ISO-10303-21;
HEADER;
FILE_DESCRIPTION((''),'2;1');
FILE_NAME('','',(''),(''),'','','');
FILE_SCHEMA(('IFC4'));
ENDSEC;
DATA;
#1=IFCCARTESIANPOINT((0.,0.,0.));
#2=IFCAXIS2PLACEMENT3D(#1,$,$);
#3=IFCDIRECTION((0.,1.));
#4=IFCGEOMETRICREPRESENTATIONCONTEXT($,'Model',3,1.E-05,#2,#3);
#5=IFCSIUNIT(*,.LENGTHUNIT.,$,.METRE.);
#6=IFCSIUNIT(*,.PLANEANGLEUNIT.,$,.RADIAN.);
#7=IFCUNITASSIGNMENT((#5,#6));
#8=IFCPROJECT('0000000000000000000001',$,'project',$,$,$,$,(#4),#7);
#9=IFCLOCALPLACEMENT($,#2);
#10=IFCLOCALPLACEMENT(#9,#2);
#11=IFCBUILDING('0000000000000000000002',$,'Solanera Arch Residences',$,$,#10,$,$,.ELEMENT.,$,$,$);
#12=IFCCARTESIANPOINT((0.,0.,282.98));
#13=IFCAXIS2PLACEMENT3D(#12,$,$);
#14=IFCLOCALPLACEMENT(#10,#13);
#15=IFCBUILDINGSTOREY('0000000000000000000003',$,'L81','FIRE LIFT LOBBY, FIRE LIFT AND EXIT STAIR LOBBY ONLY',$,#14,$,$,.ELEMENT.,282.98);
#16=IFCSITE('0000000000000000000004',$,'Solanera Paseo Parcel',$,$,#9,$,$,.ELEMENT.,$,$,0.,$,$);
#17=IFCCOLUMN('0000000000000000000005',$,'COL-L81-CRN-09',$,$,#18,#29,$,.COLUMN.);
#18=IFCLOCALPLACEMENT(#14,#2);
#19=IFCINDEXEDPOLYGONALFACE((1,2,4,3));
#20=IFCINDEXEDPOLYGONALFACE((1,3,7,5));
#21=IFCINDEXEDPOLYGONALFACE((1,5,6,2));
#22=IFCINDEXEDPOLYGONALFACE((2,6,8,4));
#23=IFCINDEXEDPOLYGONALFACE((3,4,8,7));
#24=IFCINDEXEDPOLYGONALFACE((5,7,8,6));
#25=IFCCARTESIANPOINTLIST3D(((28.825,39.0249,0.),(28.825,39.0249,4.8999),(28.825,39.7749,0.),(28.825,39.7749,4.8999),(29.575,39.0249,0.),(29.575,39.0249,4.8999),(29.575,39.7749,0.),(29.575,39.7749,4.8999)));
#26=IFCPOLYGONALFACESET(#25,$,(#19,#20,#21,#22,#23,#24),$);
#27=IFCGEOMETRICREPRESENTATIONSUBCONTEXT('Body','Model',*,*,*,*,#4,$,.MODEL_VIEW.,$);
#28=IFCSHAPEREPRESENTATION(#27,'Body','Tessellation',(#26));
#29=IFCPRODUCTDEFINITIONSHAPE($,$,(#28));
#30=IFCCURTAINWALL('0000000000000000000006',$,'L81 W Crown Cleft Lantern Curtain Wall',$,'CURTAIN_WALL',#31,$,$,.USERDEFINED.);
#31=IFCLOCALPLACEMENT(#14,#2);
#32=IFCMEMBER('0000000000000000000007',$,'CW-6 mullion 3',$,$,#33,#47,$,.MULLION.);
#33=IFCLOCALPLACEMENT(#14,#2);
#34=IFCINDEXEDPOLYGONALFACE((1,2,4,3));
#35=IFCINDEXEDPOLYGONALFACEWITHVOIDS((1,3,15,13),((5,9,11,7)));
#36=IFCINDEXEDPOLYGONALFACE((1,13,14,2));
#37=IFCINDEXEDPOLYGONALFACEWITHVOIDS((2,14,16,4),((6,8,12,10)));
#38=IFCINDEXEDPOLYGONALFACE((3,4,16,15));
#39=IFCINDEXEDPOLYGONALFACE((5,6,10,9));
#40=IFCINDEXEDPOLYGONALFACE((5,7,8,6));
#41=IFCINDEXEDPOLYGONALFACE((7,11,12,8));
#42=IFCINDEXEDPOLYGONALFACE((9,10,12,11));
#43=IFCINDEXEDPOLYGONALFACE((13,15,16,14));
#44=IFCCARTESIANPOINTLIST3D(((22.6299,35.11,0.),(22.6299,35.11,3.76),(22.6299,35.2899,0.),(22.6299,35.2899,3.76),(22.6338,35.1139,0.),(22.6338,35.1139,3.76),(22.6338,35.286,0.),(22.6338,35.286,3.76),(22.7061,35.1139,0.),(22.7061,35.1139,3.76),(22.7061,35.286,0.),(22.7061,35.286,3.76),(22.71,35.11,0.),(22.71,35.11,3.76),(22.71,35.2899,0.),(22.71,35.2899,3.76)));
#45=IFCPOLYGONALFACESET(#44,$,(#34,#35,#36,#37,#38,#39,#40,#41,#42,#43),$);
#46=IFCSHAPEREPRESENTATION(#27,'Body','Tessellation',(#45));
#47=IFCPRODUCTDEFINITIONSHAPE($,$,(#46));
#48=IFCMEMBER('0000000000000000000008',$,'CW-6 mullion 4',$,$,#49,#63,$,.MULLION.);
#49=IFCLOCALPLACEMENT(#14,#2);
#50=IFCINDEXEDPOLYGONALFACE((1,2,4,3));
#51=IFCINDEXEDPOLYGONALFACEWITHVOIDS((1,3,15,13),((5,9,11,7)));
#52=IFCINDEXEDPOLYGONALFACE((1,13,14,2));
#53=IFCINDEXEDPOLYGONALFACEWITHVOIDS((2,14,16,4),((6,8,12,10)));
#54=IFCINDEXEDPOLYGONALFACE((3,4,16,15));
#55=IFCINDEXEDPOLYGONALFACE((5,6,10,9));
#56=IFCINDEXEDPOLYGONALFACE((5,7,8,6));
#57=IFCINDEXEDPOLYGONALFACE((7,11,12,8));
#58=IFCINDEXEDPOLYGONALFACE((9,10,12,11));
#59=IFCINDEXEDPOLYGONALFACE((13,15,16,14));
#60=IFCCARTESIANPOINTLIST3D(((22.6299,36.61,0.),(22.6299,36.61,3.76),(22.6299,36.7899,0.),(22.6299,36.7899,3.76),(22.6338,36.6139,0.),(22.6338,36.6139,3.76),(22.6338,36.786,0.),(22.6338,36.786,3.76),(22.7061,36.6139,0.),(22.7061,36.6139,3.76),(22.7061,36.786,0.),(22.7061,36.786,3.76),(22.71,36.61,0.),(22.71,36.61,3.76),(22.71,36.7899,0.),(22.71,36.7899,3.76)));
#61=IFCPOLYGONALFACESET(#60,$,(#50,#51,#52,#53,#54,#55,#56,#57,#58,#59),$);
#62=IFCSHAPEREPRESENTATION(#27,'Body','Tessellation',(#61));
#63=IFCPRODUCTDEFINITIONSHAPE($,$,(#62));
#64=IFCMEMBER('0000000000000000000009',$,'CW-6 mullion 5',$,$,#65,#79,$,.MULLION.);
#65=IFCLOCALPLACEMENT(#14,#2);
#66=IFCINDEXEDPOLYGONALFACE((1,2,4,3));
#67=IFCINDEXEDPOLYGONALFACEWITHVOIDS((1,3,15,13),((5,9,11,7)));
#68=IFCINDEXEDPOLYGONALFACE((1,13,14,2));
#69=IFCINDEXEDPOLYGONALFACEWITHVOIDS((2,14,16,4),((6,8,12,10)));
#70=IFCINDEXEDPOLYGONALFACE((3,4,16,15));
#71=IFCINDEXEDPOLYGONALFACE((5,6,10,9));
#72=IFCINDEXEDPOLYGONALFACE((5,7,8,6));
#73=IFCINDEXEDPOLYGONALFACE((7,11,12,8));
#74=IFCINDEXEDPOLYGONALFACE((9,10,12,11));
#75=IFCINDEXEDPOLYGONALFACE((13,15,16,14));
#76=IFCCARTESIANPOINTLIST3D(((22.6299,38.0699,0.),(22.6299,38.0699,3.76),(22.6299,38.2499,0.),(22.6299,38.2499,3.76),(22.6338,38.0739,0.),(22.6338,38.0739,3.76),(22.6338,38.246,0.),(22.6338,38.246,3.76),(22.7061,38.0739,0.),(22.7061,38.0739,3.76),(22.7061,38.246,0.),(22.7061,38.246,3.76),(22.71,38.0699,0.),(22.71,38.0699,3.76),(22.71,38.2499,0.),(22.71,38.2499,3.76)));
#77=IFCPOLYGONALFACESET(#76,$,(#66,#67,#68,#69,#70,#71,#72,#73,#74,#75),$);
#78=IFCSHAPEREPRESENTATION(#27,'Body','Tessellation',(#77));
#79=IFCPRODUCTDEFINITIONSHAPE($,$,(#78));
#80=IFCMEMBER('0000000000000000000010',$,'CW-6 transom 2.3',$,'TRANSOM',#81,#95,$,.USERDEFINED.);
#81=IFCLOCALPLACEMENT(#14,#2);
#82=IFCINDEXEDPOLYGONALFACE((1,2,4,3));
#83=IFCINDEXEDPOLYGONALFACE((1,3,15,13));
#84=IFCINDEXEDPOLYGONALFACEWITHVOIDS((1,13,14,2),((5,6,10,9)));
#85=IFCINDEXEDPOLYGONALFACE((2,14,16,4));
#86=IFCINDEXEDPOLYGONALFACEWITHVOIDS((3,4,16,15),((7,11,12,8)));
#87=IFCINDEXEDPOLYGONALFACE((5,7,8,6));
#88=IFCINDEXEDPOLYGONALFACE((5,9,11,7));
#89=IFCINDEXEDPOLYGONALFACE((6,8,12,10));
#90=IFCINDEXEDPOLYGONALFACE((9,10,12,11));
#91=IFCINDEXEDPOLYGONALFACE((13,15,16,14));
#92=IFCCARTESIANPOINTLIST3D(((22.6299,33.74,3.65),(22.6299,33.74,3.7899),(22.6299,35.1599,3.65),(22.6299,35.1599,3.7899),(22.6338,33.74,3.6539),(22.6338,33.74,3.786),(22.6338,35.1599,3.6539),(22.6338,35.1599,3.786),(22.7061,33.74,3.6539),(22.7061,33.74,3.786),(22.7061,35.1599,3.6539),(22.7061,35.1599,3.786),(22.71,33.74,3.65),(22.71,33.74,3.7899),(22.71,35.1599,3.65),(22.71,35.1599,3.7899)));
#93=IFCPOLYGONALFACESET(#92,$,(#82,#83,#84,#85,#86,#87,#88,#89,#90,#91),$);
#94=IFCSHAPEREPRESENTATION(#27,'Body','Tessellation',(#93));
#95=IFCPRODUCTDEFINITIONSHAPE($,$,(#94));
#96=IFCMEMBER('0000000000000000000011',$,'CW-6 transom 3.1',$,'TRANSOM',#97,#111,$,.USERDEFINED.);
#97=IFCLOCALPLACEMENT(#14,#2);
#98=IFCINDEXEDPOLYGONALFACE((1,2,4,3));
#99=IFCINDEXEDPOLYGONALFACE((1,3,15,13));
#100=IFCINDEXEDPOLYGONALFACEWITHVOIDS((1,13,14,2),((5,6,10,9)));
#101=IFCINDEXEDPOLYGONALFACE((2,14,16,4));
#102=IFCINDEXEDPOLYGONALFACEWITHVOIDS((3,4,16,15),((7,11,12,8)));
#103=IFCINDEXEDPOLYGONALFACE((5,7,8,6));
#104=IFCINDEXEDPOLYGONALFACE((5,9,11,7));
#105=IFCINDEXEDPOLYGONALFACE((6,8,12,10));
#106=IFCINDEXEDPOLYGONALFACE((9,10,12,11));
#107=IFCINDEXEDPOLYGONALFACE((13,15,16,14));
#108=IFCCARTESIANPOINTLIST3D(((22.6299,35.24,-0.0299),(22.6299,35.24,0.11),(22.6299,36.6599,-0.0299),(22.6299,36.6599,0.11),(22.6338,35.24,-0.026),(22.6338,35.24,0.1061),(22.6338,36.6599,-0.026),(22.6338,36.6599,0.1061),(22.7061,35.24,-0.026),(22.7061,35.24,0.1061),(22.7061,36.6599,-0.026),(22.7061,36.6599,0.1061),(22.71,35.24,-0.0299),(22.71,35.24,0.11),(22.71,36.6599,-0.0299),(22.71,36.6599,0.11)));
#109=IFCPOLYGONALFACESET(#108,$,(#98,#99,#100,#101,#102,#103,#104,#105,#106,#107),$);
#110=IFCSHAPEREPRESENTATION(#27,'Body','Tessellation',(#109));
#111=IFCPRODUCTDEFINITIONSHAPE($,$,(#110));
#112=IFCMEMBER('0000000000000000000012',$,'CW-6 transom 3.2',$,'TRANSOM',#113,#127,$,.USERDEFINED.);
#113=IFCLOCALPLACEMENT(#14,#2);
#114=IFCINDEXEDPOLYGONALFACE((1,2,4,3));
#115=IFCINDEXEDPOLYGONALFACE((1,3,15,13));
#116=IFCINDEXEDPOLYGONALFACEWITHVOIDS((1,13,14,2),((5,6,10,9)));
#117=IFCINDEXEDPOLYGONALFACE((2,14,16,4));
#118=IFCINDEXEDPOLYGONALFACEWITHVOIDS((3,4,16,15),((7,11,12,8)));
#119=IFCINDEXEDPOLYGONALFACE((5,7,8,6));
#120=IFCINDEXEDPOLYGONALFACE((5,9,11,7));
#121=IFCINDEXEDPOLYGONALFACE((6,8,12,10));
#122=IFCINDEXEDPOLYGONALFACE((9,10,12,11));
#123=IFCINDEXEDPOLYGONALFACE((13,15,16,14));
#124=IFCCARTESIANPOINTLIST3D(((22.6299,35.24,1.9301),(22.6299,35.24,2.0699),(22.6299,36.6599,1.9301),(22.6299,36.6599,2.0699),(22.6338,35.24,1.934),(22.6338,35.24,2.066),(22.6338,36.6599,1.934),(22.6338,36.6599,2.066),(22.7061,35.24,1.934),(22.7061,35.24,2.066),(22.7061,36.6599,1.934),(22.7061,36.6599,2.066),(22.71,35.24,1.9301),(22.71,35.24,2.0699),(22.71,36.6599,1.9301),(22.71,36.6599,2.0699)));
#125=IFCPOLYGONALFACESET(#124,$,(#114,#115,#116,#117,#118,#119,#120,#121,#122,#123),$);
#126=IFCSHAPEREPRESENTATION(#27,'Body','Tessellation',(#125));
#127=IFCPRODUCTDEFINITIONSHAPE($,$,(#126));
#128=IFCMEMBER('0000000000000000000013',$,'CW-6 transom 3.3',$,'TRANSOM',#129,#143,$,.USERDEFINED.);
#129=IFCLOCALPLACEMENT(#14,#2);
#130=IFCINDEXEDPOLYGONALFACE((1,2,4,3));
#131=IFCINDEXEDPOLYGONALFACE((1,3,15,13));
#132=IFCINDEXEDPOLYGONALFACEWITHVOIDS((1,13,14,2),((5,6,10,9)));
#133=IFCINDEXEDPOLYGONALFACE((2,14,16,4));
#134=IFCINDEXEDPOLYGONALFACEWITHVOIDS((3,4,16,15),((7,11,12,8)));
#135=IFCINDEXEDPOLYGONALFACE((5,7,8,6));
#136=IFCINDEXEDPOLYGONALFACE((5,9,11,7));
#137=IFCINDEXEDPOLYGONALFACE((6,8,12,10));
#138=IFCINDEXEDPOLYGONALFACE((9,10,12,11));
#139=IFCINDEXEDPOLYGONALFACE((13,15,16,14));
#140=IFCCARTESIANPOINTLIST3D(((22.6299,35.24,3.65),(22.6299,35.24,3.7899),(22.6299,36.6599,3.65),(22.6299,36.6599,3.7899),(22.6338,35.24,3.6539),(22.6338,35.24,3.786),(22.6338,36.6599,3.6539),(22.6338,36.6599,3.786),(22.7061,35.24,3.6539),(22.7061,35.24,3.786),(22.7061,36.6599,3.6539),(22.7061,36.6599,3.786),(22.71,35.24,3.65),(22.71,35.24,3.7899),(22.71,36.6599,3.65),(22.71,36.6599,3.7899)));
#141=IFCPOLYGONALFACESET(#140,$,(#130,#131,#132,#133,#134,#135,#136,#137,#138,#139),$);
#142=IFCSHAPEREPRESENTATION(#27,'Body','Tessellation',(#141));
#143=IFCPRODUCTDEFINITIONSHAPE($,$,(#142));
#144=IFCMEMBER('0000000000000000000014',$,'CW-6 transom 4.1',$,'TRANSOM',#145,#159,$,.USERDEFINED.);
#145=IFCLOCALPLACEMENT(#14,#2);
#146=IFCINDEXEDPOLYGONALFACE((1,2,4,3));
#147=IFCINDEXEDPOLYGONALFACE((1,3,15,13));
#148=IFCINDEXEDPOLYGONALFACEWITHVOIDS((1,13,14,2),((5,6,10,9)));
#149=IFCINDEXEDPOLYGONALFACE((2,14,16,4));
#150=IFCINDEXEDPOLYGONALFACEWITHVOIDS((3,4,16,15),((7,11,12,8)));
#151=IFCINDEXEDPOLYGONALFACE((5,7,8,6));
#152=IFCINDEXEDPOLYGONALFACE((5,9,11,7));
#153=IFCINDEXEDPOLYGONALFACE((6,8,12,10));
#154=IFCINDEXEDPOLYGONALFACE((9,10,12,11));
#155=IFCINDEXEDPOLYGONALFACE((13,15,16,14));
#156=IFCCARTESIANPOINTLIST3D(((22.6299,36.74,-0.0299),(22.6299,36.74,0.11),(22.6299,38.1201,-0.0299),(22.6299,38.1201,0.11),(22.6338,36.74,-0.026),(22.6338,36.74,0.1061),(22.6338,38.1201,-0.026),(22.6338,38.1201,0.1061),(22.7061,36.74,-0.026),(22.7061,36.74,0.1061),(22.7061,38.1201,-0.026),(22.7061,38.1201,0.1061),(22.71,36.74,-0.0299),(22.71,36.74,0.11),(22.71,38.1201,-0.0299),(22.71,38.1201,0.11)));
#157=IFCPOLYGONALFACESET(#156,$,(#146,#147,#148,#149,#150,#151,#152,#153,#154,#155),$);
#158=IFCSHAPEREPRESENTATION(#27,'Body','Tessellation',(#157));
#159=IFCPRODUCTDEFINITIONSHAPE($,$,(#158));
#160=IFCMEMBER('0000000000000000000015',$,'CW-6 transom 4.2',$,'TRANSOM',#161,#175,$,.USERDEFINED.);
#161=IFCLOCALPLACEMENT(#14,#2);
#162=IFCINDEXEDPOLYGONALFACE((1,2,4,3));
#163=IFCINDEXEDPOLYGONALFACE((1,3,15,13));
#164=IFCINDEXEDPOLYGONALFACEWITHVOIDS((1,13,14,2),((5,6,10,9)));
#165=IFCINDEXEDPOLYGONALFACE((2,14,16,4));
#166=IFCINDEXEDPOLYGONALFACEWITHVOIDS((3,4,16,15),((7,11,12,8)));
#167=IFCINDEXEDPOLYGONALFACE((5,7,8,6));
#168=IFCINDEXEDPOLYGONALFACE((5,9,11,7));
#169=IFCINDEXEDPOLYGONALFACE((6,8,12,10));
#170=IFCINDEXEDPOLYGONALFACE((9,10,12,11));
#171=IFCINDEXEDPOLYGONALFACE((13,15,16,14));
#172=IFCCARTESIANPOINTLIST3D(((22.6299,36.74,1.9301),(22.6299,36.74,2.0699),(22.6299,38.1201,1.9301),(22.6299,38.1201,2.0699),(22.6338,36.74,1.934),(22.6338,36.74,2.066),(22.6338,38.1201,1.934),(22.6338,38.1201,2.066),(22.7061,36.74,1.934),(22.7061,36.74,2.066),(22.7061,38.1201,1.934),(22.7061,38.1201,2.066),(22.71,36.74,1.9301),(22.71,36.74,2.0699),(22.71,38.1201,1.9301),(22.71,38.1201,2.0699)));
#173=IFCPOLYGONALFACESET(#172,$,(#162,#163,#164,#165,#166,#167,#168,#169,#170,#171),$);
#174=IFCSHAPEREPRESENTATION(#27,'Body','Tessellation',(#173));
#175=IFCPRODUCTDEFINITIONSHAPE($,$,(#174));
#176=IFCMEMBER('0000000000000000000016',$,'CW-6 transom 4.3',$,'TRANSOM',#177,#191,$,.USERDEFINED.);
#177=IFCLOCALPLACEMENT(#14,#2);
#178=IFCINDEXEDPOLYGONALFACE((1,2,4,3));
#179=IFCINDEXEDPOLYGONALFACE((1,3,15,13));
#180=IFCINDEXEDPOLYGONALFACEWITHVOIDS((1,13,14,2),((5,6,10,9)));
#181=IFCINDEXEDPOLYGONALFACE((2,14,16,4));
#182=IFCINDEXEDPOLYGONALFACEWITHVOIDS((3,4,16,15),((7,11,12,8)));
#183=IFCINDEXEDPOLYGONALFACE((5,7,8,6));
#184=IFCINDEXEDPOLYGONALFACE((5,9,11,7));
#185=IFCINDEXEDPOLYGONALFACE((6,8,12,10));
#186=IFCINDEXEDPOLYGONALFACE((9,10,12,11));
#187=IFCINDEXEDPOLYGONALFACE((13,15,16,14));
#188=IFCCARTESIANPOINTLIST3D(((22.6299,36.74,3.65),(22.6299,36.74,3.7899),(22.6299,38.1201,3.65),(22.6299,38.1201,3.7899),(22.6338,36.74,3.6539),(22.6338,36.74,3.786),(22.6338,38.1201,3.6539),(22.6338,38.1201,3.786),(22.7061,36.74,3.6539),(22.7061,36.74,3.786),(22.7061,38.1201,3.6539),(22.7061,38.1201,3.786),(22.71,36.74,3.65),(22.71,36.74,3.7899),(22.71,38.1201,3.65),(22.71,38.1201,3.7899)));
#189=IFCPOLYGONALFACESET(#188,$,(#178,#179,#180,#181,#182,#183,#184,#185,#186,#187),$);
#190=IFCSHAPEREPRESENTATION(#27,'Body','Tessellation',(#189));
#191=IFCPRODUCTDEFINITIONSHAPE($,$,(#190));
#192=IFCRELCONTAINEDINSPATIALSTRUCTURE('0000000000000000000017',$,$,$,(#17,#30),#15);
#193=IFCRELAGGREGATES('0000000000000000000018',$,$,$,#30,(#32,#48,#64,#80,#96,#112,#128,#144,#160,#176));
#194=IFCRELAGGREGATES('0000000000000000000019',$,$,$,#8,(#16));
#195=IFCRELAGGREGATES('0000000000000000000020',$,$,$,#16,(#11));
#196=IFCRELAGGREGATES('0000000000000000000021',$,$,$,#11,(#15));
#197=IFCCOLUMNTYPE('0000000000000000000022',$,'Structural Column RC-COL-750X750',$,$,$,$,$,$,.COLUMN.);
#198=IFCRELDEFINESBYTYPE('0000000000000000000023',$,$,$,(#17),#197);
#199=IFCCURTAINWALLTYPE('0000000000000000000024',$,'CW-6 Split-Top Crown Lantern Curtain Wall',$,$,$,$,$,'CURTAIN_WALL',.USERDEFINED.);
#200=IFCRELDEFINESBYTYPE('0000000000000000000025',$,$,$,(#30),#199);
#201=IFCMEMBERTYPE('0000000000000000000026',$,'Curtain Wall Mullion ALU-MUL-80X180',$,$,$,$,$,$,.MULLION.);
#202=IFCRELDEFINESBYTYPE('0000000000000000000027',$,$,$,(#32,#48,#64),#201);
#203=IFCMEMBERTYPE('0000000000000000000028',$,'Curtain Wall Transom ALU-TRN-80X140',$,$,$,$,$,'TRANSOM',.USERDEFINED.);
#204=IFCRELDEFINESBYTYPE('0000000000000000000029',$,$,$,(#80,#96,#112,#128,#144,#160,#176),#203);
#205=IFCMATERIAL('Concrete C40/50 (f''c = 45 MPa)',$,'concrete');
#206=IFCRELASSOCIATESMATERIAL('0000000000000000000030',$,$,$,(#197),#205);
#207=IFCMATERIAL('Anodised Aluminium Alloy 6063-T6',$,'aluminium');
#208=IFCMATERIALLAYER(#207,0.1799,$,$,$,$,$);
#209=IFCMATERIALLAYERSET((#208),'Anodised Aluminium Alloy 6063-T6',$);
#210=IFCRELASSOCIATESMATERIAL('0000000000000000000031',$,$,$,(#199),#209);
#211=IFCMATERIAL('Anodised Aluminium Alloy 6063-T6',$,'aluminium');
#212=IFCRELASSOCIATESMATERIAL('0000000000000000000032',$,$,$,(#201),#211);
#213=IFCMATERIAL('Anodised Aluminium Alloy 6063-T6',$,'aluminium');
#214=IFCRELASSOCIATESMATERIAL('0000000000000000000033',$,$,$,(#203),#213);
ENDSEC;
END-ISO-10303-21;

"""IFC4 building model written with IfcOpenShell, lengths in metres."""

from ifc_helpers import new_model, si_unit, direction, frame, origin, origin_2d, place, context, subcontext, project, spatial, rectangle, hollow_rectangle, extrude, material, layer, layer_set, material_profile, profile_set, type_object, element, aggregate, save


model = new_model("IFC4")

# Units and contexts
model_context = context("Model", 3, precision=1e-05, world=origin(), true_north=direction((0.0, 1.0)))
body_context = subcontext(model_context, "Body", "Model", "MODEL_VIEW")
ifc_project = project(units=[si_unit("LENGTHUNIT", "METRE"), si_unit("PLANEANGLEUNIT", "RADIAN")], contexts=[model_context])

# Site, building, storey
site_placement = place(None, origin())
site = spatial("IfcSite", under=ifc_project, at=site_placement, Name="Solanera Paseo Parcel", CompositionType="ELEMENT", RefElevation=0.0)
building_placement = place(site_placement, origin())
building = spatial("IfcBuilding", under=site, at=building_placement, Name="Solanera Arch Residences", CompositionType="ELEMENT")
storey_placement = place(building_placement, frame((0.0, 0.0, 282.98)))
storey = spatial("IfcBuildingStorey", under=building, at=storey_placement, Name="L81", Description="FIRE LIFT LOBBY, FIRE LIFT AND EXIT STAIR LOBBY ONLY", CompositionType="ELEMENT", Elevation=282.98)

# Column
ifc_material_1 = material(Name="Concrete C40/50 (f'c = 45 MPa)", Category="concrete")
ifc_material_profile_1 = material_profile(ifc_material_1, rectangle(XDim=0.75, YDim=0.75, at=origin_2d()))
ifc_profile_set_1 = profile_set([ifc_material_profile_1], Name="Concrete C40/50 (f'c = 45 MPa)")
column_type = type_object("IfcColumnType", Name="Structural Column RC-COL-750X750", PredefinedType="COLUMN", material=ifc_profile_set_1)
column_placement = place(storey_placement, frame((29.2, 39.3999, 0.0), z_axis=(0.0, 0.0, 1.0), x_axis=(1.0, 0.0, 0.0)))
element("IfcColumn", 1, at=column_placement, inside=storey, type_object=column_type, Name="COL-L81-CRN-09", PredefinedType="COLUMN", context=body_context, shape_type="SweptSolid", body=[
    extrude(rectangle(XDim=0.75, YDim=0.75, at=origin_2d()), origin(), (0.0, 0.0, 1.0), 4.8999),
])

# Curtain wall, members
ifc_material_2 = material(Name="Anodised Aluminium Alloy 6063-T6", Category="aluminium")
ifc_layer_1 = layer(ifc_material_2, 0.1799)
ifc_layer_set_1 = layer_set([ifc_layer_1], Name="Anodised Aluminium Alloy 6063-T6")
curtain_wall_type = type_object("IfcCurtainWallType", Name="CW-6 Split-Top Crown Lantern Curtain Wall", ElementType="CURTAIN_WALL", PredefinedType="USERDEFINED", material=ifc_layer_set_1)
curtain_wall_1_placement = place(storey_placement, origin())
curtain_wall_1 = element("IfcCurtainWall", 2, at=curtain_wall_1_placement, inside=storey, type_object=curtain_wall_type, Name="L81 W Crown Cleft Lantern Curtain Wall", ObjectType="CURTAIN_WALL", PredefinedType="USERDEFINED")
ifc_material_3 = material(Name="Anodised Aluminium Alloy 6063-T6", Category="aluminium")
ifc_material_profile_2 = material_profile(ifc_material_3, hollow_rectangle(XDim=0.0801, YDim=0.1799, WallThickness=0.0039, at=origin_2d()))
ifc_profile_set_2 = profile_set([ifc_material_profile_2], Name="Anodised Aluminium Alloy 6063-T6")
member_type_1 = type_object("IfcMemberType", Name="Curtain Wall Mullion ALU-MUL-80X180", PredefinedType="MULLION", material=ifc_profile_set_2)
member_1_placement = place(storey_placement, frame((22.6699, 35.2, 0.0), z_axis=(0.0, 0.0, 1.0), x_axis=(-1.0, 0.0, 0.0)))
member_1 = element("IfcMember", 3, at=member_1_placement, type_object=member_type_1, Name="CW-6 mullion 3", PredefinedType="MULLION", context=body_context, shape_type="SweptSolid", body=[
    extrude(hollow_rectangle(XDim=0.0801, YDim=0.1799, WallThickness=0.0039, at=origin_2d()), origin(), (0.0, 0.0, 1.0), 3.76),
])
member_2_placement = place(storey_placement, frame((22.6699, 36.7, 0.0), z_axis=(0.0, 0.0, 1.0), x_axis=(-1.0, 0.0, 0.0)))
member_2 = element("IfcMember", 4, at=member_2_placement, type_object=member_type_1, Name="CW-6 mullion 4", PredefinedType="MULLION", context=body_context, shape_type="SweptSolid", body=[
    extrude(hollow_rectangle(XDim=0.0801, YDim=0.1799, WallThickness=0.0039, at=origin_2d()), origin(), (0.0, 0.0, 1.0), 3.76),
])
member_3_placement = place(storey_placement, frame((22.6699, 38.1599, 0.0), z_axis=(0.0, 0.0, 1.0), x_axis=(-1.0, 0.0, 0.0)))
member_3 = element("IfcMember", 5, at=member_3_placement, type_object=member_type_1, Name="CW-6 mullion 5", PredefinedType="MULLION", context=body_context, shape_type="SweptSolid", body=[
    extrude(hollow_rectangle(XDim=0.0801, YDim=0.1799, WallThickness=0.0039, at=origin_2d()), origin(), (0.0, 0.0, 1.0), 3.76),
])
ifc_material_4 = material(Name="Anodised Aluminium Alloy 6063-T6", Category="aluminium")
ifc_material_profile_3 = material_profile(ifc_material_4, hollow_rectangle(XDim=0.0801, YDim=0.1399, WallThickness=0.0039, at=origin_2d()))
ifc_profile_set_3 = profile_set([ifc_material_profile_3], Name="Anodised Aluminium Alloy 6063-T6")
member_type_2 = type_object("IfcMemberType", Name="Curtain Wall Transom ALU-TRN-80X140", ElementType="TRANSOM", PredefinedType="USERDEFINED", material=ifc_profile_set_3)
member_4_placement = place(storey_placement, frame((22.6699, 33.74, 3.72), z_axis=(0.0, 1.0, 0.0), x_axis=(-1.0, 0.0, 0.0)))
member_4 = element("IfcMember", 6, at=member_4_placement, type_object=member_type_2, Name="CW-6 transom 2.3", ObjectType="TRANSOM", PredefinedType="USERDEFINED", context=body_context, shape_type="SweptSolid", body=[
    extrude(hollow_rectangle(XDim=0.0801, YDim=0.1399, WallThickness=0.0039, at=origin_2d()), origin(), (0.0, 0.0, 1.0), 1.4199),
])
member_5_placement = place(storey_placement, frame((22.6699, 35.24, 0.04), z_axis=(0.0, 1.0, 0.0), x_axis=(-1.0, 0.0, 0.0)))
member_5 = element("IfcMember", 7, at=member_5_placement, type_object=member_type_2, Name="CW-6 transom 3.1", ObjectType="TRANSOM", PredefinedType="USERDEFINED", context=body_context, shape_type="SweptSolid", body=[
    extrude(hollow_rectangle(XDim=0.0801, YDim=0.1399, WallThickness=0.0039, at=origin_2d()), origin(), (0.0, 0.0, 1.0), 1.4199),
])
member_6_placement = place(storey_placement, frame((22.6699, 35.24, 2.0), z_axis=(0.0, 1.0, 0.0), x_axis=(-1.0, 0.0, 0.0)))
member_6 = element("IfcMember", 8, at=member_6_placement, type_object=member_type_2, Name="CW-6 transom 3.2", ObjectType="TRANSOM", PredefinedType="USERDEFINED", context=body_context, shape_type="SweptSolid", body=[
    extrude(hollow_rectangle(XDim=0.0801, YDim=0.1399, WallThickness=0.0039, at=origin_2d()), origin(), (0.0, 0.0, 1.0), 1.4199),
])
member_7_placement = place(storey_placement, frame((22.6699, 35.24, 3.72), z_axis=(0.0, 1.0, 0.0), x_axis=(-1.0, 0.0, 0.0)))
member_7 = element("IfcMember", 9, at=member_7_placement, type_object=member_type_2, Name="CW-6 transom 3.3", ObjectType="TRANSOM", PredefinedType="USERDEFINED", context=body_context, shape_type="SweptSolid", body=[
    extrude(hollow_rectangle(XDim=0.0801, YDim=0.1399, WallThickness=0.0039, at=origin_2d()), origin(), (0.0, 0.0, 1.0), 1.4199),
])
member_8_placement = place(storey_placement, frame((22.6699, 36.74, 0.04), z_axis=(0.0, 1.0, 0.0), x_axis=(-1.0, 0.0, 0.0)))
member_8 = element("IfcMember", 10, at=member_8_placement, type_object=member_type_2, Name="CW-6 transom 4.1", ObjectType="TRANSOM", PredefinedType="USERDEFINED", context=body_context, shape_type="SweptSolid", body=[
    extrude(hollow_rectangle(XDim=0.0801, YDim=0.1399, WallThickness=0.0039, at=origin_2d()), origin(), (0.0, 0.0, 1.0), 1.3801),
])
member_9_placement = place(storey_placement, frame((22.6699, 36.74, 2.0), z_axis=(0.0, 1.0, 0.0), x_axis=(-1.0, 0.0, 0.0)))
member_9 = element("IfcMember", 11, at=member_9_placement, type_object=member_type_2, Name="CW-6 transom 4.2", ObjectType="TRANSOM", PredefinedType="USERDEFINED", context=body_context, shape_type="SweptSolid", body=[
    extrude(hollow_rectangle(XDim=0.0801, YDim=0.1399, WallThickness=0.0039, at=origin_2d()), origin(), (0.0, 0.0, 1.0), 1.3801),
])
member_10_placement = place(storey_placement, frame((22.6699, 36.74, 3.72), z_axis=(0.0, 1.0, 0.0), x_axis=(-1.0, 0.0, 0.0)))
member_10 = element("IfcMember", 12, at=member_10_placement, type_object=member_type_2, Name="CW-6 transom 4.3", ObjectType="TRANSOM", PredefinedType="USERDEFINED", context=body_context, shape_type="SweptSolid", body=[
    extrude(hollow_rectangle(XDim=0.0801, YDim=0.1399, WallThickness=0.0039, at=origin_2d()), origin(), (0.0, 0.0, 1.0), 1.3801),
])

aggregate(curtain_wall_1, [member_1, member_2, member_3, member_4, member_5, member_6, member_7, member_8, member_9, member_10])

save(model, "model.ifc")
